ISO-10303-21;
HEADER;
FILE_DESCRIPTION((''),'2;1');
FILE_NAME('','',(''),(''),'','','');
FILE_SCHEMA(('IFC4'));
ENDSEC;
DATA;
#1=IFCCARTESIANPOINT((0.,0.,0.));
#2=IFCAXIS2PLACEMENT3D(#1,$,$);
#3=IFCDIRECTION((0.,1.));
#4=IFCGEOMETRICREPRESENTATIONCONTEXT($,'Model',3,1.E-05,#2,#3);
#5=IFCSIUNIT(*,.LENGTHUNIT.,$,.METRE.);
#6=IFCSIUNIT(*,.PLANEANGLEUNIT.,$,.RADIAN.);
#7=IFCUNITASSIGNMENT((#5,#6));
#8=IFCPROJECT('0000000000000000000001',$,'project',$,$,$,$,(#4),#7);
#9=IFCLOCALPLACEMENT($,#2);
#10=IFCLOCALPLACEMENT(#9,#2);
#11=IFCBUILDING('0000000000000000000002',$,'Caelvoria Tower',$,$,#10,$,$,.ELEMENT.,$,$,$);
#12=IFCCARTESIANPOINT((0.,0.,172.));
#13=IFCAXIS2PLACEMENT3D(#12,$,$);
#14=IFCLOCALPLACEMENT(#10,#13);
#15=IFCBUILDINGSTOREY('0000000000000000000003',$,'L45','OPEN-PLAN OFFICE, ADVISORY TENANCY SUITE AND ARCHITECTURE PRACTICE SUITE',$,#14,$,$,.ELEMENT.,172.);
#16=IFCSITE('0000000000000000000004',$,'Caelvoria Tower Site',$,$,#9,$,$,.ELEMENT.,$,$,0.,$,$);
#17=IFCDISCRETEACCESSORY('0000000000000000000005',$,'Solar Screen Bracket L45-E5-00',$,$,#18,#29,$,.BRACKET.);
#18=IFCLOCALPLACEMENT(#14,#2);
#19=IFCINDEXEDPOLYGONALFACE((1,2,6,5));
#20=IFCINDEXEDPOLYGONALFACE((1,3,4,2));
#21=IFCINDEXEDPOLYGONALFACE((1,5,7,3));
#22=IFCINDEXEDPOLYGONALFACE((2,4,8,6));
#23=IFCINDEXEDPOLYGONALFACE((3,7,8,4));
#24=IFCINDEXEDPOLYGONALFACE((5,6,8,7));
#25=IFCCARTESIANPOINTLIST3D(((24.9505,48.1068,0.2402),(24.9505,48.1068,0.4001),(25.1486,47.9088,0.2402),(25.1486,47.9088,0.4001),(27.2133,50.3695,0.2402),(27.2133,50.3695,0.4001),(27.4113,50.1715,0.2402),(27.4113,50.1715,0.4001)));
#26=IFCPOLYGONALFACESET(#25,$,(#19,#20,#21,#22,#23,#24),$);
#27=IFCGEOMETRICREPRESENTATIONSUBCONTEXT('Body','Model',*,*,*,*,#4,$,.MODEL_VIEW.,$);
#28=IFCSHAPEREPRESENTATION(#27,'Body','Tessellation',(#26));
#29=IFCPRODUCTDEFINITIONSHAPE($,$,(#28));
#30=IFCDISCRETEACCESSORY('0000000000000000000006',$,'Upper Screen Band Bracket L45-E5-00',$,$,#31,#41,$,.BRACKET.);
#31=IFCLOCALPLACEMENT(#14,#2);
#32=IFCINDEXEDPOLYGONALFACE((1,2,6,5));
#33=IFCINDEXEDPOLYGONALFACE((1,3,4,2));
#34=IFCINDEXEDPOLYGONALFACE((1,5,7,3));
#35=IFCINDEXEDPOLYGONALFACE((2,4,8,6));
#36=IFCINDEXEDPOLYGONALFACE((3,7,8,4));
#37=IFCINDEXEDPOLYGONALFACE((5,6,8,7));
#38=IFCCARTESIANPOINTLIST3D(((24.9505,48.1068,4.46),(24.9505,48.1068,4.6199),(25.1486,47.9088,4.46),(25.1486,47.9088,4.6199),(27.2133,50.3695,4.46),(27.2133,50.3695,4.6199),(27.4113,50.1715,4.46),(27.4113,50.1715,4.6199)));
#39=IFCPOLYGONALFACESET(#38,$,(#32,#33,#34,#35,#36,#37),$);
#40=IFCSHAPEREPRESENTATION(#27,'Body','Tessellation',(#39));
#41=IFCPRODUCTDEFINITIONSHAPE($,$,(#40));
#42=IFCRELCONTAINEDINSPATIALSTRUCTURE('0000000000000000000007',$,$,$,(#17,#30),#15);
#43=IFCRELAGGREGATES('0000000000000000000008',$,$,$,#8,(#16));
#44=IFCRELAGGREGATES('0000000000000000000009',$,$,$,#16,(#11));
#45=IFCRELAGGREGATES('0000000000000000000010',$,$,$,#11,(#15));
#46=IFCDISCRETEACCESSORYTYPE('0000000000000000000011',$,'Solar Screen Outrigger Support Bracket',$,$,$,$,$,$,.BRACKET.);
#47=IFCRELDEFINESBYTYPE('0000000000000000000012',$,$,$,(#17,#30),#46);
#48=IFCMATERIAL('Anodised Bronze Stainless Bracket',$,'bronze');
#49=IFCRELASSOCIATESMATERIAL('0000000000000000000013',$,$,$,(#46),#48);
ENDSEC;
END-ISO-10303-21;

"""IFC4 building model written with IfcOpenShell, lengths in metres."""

from ifc_helpers import new_model, si_unit, direction, frame, origin, origin_2d, place, context, subcontext, project, spatial, rectangle, extrude, material, type_object, element, save


model = new_model("IFC4")

# Units and contexts
model_context = context("Model", 3, precision=1e-05, world=origin(), true_north=direction((0.0, 1.0)))
body_context = subcontext(model_context, "Body", "Model", "MODEL_VIEW")
ifc_project = project(units=[si_unit("LENGTHUNIT", "METRE"), si_unit("PLANEANGLEUNIT", "RADIAN")], contexts=[model_context])

# Site, building, storey
site_placement = place(None, origin())
site = spatial("IfcSite", under=ifc_project, at=site_placement, Name="Caelvoria Tower Site", CompositionType="ELEMENT", RefElevation=0.0)
building_placement = place(site_placement, origin())
building = spatial("IfcBuilding", under=site, at=building_placement, Name="Caelvoria Tower", CompositionType="ELEMENT")
storey_placement = place(building_placement, frame((0.0, 0.0, 172.0)))
storey = spatial("IfcBuildingStorey", under=building, at=storey_placement, Name="L45", Description="OPEN-PLAN OFFICE, ADVISORY TENANCY SUITE AND ARCHITECTURE PRACTICE SUITE", CompositionType="ELEMENT", Elevation=172.0)

# Discrete accessories
ifc_material_1 = material(Name="Anodised Bronze Stainless Bracket", Category="bronze")
discrete_accessory_type = type_object("IfcDiscreteAccessoryType", Name="Solar Screen Outrigger Support Bracket", PredefinedType="BRACKET", material=ifc_material_1)
for number, where, z_axis, x_axis, name in (
    (1, (26.1809, 49.1392, 0.2402), (0.0, 0.0, 1.0), (-0.707107, -0.707107, 0.0), "Solar Screen Bracket L45-E5-00"),
    (2, (26.1809, 49.1392, 4.46), (0.0, 0.0, 1.0), (-0.707107, -0.707107, 0.0), "Upper Screen Band Bracket L45-E5-00"),
):
    element("IfcDiscreteAccessory", number, at=place(storey_placement, frame(where, z_axis=z_axis, x_axis=x_axis)), inside=storey, type_object=discrete_accessory_type, Name=name, PredefinedType="BRACKET", context=body_context, shape_type="SweptSolid", body=[
        extrude(rectangle(XDim=3.2, YDim=0.28, at=origin_2d()), origin(), (0.0, 0.0, 1.0), 0.1599),
    ])

save(model, "model.ifc")
